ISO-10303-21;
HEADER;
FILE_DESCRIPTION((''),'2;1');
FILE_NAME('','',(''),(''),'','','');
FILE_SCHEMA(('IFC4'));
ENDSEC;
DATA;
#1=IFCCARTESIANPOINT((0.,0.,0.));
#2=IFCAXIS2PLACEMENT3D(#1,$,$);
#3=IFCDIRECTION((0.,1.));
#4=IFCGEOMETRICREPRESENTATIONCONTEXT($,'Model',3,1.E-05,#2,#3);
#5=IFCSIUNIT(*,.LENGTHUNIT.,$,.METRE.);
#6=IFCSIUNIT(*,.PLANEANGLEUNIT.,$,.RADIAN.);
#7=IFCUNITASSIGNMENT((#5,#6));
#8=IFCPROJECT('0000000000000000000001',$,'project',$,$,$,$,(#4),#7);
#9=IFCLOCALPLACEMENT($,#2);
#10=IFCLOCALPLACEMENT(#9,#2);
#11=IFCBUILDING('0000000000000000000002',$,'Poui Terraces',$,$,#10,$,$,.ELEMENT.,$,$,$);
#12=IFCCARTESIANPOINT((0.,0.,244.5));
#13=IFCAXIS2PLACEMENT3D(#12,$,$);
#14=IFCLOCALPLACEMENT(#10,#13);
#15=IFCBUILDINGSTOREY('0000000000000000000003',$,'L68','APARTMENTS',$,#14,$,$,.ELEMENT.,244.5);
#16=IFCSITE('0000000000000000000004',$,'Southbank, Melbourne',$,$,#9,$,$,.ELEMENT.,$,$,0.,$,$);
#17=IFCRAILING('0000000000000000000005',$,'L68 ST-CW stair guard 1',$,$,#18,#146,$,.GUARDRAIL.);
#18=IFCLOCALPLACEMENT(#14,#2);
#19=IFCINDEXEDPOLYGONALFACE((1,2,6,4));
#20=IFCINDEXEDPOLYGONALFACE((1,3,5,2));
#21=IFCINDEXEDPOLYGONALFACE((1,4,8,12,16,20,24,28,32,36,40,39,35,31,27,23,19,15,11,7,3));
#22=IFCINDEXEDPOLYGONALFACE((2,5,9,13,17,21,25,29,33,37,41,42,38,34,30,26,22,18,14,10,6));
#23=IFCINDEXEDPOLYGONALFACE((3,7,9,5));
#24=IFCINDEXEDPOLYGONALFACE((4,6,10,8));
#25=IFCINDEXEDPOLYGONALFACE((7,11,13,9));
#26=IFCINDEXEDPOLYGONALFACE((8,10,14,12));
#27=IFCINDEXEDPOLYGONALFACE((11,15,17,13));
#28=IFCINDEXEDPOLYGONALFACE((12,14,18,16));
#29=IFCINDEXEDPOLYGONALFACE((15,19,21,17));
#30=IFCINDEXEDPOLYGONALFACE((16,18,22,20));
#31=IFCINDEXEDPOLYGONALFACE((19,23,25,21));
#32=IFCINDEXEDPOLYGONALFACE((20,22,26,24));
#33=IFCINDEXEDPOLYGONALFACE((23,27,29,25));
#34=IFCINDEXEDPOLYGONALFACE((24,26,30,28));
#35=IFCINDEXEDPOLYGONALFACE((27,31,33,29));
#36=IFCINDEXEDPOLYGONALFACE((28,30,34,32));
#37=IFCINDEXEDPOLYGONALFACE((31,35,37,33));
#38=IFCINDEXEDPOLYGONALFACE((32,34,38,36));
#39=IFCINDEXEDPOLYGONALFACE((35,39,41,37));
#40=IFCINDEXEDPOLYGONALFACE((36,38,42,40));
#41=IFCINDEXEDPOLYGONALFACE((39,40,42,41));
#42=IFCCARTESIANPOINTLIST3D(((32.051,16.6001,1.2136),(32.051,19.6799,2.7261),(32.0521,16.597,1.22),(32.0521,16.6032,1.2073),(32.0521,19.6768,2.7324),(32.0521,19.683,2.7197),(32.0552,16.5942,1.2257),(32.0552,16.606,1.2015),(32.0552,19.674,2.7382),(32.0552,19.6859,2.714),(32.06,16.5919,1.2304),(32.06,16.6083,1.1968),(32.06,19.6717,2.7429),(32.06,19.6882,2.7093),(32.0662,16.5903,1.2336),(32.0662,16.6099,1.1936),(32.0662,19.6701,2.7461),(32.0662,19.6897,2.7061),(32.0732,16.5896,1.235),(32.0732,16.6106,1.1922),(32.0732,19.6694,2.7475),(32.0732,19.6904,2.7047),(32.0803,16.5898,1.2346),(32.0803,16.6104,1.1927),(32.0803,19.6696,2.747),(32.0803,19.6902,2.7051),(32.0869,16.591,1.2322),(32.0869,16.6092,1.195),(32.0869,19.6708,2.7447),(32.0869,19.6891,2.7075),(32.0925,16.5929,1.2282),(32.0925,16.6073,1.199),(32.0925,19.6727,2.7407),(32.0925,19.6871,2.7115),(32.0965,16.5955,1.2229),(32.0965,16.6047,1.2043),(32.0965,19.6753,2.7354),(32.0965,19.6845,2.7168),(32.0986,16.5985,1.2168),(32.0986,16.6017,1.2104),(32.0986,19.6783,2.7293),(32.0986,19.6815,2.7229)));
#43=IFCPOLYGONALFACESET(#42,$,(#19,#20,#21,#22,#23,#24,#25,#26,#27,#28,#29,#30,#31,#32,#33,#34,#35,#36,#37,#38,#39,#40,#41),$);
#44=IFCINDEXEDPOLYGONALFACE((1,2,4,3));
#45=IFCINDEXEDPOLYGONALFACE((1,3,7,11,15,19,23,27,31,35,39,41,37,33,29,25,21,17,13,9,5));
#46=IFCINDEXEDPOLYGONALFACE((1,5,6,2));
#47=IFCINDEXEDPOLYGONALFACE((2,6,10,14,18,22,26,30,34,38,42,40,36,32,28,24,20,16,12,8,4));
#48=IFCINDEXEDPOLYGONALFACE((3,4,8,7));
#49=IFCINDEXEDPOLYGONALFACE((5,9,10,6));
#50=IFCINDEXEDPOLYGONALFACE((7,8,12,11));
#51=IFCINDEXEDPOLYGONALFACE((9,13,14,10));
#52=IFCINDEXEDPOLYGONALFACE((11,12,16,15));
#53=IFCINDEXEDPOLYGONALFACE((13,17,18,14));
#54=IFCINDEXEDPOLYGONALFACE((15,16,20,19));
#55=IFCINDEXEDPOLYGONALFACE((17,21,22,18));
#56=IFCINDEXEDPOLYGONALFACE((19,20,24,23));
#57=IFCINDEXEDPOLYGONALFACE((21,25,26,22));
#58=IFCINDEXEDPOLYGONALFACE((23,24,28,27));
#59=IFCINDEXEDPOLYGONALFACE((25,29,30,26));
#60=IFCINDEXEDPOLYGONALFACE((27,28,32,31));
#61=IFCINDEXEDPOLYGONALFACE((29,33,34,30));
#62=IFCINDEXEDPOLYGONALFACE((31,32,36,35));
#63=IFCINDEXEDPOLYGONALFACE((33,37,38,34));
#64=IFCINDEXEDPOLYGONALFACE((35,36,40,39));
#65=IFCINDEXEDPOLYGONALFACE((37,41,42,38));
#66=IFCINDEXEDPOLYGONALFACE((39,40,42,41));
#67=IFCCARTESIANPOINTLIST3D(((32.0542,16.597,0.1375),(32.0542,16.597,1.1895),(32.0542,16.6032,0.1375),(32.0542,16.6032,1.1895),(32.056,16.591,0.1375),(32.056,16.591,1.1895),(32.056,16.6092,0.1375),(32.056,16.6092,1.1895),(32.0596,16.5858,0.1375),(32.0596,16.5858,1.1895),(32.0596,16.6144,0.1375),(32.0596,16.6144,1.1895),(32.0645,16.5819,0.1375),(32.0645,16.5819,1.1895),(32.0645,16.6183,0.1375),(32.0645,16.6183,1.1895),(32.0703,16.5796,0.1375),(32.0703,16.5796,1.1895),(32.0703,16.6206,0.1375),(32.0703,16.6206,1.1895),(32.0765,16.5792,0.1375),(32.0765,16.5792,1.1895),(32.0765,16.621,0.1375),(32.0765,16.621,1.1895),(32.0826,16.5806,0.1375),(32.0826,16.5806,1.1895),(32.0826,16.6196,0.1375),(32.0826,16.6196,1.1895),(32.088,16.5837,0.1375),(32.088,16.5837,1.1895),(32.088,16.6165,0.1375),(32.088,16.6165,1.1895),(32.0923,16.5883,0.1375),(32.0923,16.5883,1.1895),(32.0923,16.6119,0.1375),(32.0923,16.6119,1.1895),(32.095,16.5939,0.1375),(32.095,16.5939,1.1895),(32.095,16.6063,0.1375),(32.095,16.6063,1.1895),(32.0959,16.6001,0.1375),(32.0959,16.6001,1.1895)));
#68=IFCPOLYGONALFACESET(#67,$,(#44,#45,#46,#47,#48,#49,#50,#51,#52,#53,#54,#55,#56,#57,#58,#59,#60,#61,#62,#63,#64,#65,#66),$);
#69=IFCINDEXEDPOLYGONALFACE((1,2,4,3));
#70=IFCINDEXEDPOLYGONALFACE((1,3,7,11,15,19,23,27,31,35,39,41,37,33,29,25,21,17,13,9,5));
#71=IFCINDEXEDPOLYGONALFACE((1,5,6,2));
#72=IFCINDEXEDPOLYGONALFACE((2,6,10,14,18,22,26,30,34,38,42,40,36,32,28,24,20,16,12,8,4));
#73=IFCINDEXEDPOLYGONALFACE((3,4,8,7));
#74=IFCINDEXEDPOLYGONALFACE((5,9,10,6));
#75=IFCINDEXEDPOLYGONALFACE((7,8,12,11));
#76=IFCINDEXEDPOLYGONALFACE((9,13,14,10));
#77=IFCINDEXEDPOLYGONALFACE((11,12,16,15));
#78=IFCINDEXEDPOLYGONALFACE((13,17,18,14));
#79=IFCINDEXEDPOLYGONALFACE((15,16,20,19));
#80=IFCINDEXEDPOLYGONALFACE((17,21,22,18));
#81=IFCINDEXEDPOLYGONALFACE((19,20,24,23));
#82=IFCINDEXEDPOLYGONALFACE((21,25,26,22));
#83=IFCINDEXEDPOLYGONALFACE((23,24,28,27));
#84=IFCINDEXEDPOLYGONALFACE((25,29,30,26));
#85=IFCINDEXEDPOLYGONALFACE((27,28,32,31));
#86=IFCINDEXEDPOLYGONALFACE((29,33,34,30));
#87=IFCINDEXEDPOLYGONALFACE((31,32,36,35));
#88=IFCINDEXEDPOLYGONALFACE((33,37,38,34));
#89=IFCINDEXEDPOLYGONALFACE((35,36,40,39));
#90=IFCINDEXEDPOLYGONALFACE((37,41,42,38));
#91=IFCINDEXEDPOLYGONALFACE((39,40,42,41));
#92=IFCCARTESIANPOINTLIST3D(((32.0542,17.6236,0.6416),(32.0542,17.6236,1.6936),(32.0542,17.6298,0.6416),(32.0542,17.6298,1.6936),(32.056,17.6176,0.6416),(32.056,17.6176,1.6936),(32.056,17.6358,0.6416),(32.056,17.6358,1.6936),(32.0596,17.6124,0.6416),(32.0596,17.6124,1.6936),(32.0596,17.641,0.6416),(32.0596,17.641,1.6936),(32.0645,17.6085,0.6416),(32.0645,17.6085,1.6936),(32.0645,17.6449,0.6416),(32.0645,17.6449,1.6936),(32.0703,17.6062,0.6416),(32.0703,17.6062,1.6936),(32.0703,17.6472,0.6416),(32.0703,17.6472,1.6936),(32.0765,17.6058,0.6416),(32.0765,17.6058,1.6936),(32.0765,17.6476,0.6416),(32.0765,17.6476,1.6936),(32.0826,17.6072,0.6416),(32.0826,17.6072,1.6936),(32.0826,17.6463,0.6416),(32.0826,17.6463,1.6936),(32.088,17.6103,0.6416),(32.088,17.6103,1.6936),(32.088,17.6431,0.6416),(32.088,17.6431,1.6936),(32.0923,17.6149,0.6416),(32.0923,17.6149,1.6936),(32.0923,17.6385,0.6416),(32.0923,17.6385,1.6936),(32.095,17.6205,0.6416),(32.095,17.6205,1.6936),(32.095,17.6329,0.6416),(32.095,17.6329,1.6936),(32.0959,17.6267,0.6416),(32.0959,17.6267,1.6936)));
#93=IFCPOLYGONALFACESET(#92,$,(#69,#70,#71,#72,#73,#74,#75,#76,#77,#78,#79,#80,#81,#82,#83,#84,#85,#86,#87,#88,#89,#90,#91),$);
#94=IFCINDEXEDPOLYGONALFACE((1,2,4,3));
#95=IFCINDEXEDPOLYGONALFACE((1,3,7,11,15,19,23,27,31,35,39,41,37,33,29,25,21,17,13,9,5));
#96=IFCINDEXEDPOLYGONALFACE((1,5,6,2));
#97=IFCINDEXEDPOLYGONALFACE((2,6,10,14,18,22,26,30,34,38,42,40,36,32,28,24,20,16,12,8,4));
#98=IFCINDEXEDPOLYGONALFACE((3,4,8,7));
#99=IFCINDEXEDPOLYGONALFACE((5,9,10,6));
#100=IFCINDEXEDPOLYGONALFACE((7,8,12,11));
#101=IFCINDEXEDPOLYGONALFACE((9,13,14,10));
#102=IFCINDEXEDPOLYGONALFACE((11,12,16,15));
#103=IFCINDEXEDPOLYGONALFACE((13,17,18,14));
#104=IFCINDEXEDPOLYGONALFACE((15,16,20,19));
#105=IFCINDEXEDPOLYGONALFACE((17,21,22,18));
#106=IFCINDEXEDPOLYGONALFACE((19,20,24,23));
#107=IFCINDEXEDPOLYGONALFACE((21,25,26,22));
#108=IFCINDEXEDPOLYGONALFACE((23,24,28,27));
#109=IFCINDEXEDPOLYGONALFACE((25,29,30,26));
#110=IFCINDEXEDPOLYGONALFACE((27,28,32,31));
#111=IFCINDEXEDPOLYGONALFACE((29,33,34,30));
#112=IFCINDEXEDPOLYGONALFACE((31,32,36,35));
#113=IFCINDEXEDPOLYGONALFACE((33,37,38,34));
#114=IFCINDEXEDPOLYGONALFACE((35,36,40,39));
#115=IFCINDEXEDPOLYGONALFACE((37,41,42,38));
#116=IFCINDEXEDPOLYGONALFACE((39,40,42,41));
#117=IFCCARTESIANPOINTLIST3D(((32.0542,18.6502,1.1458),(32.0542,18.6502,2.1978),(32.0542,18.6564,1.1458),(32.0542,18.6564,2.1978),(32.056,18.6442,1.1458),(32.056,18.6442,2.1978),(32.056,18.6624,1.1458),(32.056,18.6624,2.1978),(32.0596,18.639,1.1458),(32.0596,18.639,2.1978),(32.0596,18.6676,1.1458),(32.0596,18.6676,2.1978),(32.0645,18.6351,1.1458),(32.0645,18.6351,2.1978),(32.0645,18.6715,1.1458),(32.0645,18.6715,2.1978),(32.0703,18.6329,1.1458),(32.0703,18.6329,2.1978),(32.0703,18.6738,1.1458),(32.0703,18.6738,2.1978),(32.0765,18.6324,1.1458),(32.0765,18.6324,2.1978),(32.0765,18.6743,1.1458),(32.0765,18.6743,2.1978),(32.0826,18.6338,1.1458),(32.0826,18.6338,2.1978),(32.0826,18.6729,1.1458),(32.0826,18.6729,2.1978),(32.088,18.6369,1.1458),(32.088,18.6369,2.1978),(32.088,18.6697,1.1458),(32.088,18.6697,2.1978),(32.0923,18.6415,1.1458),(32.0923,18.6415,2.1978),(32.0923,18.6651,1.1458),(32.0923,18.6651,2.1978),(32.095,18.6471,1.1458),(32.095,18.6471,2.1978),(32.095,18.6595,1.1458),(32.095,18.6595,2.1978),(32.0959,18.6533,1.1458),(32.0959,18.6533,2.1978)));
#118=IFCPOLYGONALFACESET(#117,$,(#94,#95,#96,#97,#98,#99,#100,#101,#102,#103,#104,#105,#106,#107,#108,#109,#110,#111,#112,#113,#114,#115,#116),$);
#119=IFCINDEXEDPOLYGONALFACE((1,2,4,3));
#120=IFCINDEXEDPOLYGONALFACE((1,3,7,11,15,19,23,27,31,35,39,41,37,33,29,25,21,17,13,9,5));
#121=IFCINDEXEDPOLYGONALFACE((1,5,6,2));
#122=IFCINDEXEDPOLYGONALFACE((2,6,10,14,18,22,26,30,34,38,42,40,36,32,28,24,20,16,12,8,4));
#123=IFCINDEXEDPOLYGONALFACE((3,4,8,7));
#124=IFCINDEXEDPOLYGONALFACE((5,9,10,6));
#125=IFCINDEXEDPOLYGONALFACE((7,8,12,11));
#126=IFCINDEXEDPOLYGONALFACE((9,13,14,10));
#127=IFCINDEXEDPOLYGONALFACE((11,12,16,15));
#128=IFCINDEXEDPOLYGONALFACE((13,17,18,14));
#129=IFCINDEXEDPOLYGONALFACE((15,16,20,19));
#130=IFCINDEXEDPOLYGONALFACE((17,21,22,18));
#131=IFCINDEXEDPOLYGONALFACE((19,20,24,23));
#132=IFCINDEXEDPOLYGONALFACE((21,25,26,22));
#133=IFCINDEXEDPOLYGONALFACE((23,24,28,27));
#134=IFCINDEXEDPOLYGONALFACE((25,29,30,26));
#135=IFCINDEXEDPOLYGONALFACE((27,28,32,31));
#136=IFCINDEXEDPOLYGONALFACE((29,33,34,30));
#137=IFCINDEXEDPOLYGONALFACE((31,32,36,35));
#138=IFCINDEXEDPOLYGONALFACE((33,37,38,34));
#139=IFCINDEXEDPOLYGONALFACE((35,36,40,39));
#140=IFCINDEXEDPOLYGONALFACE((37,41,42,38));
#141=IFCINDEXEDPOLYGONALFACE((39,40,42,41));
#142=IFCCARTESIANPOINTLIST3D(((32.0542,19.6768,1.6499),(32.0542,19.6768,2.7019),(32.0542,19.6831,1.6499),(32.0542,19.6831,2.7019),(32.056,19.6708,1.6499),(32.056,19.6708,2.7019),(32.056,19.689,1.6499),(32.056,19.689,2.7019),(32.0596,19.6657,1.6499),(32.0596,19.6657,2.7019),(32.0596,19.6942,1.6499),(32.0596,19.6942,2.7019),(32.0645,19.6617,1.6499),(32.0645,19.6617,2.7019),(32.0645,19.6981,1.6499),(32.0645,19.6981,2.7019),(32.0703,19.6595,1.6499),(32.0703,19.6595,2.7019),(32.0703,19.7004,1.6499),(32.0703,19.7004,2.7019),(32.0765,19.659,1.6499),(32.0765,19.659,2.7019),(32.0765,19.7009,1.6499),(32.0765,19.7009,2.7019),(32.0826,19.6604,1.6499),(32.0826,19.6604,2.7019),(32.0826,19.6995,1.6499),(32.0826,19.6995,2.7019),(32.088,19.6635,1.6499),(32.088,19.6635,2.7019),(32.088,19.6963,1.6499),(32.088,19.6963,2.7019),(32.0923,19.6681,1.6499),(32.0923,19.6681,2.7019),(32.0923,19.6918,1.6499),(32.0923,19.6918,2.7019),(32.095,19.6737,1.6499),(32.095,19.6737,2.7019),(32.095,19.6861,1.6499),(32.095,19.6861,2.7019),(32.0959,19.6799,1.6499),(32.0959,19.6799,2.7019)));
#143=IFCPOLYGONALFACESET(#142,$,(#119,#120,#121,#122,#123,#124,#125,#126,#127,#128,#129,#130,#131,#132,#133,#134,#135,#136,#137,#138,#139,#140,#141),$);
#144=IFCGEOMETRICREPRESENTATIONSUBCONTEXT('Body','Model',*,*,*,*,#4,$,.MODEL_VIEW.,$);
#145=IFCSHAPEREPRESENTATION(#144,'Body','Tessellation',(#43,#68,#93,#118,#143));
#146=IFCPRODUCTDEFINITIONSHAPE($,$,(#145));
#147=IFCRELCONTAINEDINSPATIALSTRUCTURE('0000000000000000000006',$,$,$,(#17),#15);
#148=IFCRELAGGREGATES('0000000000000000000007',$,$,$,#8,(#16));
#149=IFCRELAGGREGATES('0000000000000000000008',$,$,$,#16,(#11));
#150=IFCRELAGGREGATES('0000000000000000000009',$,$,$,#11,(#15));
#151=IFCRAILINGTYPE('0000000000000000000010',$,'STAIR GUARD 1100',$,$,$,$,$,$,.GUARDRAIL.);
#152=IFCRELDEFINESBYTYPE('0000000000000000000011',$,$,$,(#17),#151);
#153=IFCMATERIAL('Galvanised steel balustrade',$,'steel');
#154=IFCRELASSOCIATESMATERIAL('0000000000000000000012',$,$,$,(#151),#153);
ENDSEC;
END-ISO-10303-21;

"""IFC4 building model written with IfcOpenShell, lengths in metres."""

from ifc_helpers import new_model, si_unit, direction, frame, origin, origin_2d, place, context, subcontext, project, spatial, circle, extrude, material, type_object, element, save


model = new_model("IFC4")

# Units and contexts
model_context = context("Model", 3, precision=1e-05, world=origin(), true_north=direction((0.0, 1.0)))
body_context = subcontext(model_context, "Body", "Model", "MODEL_VIEW")
ifc_project = project(units=[si_unit("LENGTHUNIT", "METRE"), si_unit("PLANEANGLEUNIT", "RADIAN")], contexts=[model_context])

# Site, building, storey
site_placement = place(None, origin())
site = spatial("IfcSite", under=ifc_project, at=site_placement, Name="Southbank, Melbourne", CompositionType="ELEMENT", RefElevation=0.0)
building_placement = place(site_placement, origin())
building = spatial("IfcBuilding", under=site, at=building_placement, Name="Poui Terraces", CompositionType="ELEMENT")
storey_placement = place(building_placement, frame((0.0, 0.0, 244.5)))
storey = spatial("IfcBuildingStorey", under=building, at=storey_placement, Name="L68", Description="APARTMENTS", CompositionType="ELEMENT", Elevation=244.5)

# Railing
ifc_material_1 = material(Name="Galvanised steel balustrade", Category="steel")
railing_type_1 = type_object("IfcRailingType", Name="STAIR GUARD 1100", PredefinedType="GUARDRAIL", material=ifc_material_1)
railing_1_placement = place(storey_placement, frame((32.075, 16.6001, 0.1375)))
element("IfcRailing", 1, at=railing_1_placement, inside=storey, type_object=railing_type_1, Name="L68 ST-CW stair guard 1", PredefinedType="GUARDRAIL", context=body_context, shape_type="SweptSolid", body=[
    extrude(circle(Radius=0.0239, at=origin_2d()), frame((0.0, 0.0, 1.0762), z_axis=(0.0, 0.897606, 0.440798), x_axis=(-1.0, 0.0, 0.0)), (0.0, 0.0, 1.0), 3.4312),
    extrude(circle(Radius=0.021, at=origin_2d()), origin(), (0.0, 0.0, 1.0), 1.052),
    extrude(circle(Radius=0.021, at=origin_2d()), frame((0.0, 1.0266, 0.5042)), (0.0, 0.0, 1.0), 1.052),
    extrude(circle(Radius=0.021, at=origin_2d()), frame((0.0, 2.0532, 1.0083)), (0.0, 0.0, 1.0), 1.052),
    extrude(circle(Radius=0.021, at=origin_2d()), frame((0.0, 3.0798, 1.5125)), (0.0, 0.0, 1.0), 1.052),
])

save(model, "model.ifc")
